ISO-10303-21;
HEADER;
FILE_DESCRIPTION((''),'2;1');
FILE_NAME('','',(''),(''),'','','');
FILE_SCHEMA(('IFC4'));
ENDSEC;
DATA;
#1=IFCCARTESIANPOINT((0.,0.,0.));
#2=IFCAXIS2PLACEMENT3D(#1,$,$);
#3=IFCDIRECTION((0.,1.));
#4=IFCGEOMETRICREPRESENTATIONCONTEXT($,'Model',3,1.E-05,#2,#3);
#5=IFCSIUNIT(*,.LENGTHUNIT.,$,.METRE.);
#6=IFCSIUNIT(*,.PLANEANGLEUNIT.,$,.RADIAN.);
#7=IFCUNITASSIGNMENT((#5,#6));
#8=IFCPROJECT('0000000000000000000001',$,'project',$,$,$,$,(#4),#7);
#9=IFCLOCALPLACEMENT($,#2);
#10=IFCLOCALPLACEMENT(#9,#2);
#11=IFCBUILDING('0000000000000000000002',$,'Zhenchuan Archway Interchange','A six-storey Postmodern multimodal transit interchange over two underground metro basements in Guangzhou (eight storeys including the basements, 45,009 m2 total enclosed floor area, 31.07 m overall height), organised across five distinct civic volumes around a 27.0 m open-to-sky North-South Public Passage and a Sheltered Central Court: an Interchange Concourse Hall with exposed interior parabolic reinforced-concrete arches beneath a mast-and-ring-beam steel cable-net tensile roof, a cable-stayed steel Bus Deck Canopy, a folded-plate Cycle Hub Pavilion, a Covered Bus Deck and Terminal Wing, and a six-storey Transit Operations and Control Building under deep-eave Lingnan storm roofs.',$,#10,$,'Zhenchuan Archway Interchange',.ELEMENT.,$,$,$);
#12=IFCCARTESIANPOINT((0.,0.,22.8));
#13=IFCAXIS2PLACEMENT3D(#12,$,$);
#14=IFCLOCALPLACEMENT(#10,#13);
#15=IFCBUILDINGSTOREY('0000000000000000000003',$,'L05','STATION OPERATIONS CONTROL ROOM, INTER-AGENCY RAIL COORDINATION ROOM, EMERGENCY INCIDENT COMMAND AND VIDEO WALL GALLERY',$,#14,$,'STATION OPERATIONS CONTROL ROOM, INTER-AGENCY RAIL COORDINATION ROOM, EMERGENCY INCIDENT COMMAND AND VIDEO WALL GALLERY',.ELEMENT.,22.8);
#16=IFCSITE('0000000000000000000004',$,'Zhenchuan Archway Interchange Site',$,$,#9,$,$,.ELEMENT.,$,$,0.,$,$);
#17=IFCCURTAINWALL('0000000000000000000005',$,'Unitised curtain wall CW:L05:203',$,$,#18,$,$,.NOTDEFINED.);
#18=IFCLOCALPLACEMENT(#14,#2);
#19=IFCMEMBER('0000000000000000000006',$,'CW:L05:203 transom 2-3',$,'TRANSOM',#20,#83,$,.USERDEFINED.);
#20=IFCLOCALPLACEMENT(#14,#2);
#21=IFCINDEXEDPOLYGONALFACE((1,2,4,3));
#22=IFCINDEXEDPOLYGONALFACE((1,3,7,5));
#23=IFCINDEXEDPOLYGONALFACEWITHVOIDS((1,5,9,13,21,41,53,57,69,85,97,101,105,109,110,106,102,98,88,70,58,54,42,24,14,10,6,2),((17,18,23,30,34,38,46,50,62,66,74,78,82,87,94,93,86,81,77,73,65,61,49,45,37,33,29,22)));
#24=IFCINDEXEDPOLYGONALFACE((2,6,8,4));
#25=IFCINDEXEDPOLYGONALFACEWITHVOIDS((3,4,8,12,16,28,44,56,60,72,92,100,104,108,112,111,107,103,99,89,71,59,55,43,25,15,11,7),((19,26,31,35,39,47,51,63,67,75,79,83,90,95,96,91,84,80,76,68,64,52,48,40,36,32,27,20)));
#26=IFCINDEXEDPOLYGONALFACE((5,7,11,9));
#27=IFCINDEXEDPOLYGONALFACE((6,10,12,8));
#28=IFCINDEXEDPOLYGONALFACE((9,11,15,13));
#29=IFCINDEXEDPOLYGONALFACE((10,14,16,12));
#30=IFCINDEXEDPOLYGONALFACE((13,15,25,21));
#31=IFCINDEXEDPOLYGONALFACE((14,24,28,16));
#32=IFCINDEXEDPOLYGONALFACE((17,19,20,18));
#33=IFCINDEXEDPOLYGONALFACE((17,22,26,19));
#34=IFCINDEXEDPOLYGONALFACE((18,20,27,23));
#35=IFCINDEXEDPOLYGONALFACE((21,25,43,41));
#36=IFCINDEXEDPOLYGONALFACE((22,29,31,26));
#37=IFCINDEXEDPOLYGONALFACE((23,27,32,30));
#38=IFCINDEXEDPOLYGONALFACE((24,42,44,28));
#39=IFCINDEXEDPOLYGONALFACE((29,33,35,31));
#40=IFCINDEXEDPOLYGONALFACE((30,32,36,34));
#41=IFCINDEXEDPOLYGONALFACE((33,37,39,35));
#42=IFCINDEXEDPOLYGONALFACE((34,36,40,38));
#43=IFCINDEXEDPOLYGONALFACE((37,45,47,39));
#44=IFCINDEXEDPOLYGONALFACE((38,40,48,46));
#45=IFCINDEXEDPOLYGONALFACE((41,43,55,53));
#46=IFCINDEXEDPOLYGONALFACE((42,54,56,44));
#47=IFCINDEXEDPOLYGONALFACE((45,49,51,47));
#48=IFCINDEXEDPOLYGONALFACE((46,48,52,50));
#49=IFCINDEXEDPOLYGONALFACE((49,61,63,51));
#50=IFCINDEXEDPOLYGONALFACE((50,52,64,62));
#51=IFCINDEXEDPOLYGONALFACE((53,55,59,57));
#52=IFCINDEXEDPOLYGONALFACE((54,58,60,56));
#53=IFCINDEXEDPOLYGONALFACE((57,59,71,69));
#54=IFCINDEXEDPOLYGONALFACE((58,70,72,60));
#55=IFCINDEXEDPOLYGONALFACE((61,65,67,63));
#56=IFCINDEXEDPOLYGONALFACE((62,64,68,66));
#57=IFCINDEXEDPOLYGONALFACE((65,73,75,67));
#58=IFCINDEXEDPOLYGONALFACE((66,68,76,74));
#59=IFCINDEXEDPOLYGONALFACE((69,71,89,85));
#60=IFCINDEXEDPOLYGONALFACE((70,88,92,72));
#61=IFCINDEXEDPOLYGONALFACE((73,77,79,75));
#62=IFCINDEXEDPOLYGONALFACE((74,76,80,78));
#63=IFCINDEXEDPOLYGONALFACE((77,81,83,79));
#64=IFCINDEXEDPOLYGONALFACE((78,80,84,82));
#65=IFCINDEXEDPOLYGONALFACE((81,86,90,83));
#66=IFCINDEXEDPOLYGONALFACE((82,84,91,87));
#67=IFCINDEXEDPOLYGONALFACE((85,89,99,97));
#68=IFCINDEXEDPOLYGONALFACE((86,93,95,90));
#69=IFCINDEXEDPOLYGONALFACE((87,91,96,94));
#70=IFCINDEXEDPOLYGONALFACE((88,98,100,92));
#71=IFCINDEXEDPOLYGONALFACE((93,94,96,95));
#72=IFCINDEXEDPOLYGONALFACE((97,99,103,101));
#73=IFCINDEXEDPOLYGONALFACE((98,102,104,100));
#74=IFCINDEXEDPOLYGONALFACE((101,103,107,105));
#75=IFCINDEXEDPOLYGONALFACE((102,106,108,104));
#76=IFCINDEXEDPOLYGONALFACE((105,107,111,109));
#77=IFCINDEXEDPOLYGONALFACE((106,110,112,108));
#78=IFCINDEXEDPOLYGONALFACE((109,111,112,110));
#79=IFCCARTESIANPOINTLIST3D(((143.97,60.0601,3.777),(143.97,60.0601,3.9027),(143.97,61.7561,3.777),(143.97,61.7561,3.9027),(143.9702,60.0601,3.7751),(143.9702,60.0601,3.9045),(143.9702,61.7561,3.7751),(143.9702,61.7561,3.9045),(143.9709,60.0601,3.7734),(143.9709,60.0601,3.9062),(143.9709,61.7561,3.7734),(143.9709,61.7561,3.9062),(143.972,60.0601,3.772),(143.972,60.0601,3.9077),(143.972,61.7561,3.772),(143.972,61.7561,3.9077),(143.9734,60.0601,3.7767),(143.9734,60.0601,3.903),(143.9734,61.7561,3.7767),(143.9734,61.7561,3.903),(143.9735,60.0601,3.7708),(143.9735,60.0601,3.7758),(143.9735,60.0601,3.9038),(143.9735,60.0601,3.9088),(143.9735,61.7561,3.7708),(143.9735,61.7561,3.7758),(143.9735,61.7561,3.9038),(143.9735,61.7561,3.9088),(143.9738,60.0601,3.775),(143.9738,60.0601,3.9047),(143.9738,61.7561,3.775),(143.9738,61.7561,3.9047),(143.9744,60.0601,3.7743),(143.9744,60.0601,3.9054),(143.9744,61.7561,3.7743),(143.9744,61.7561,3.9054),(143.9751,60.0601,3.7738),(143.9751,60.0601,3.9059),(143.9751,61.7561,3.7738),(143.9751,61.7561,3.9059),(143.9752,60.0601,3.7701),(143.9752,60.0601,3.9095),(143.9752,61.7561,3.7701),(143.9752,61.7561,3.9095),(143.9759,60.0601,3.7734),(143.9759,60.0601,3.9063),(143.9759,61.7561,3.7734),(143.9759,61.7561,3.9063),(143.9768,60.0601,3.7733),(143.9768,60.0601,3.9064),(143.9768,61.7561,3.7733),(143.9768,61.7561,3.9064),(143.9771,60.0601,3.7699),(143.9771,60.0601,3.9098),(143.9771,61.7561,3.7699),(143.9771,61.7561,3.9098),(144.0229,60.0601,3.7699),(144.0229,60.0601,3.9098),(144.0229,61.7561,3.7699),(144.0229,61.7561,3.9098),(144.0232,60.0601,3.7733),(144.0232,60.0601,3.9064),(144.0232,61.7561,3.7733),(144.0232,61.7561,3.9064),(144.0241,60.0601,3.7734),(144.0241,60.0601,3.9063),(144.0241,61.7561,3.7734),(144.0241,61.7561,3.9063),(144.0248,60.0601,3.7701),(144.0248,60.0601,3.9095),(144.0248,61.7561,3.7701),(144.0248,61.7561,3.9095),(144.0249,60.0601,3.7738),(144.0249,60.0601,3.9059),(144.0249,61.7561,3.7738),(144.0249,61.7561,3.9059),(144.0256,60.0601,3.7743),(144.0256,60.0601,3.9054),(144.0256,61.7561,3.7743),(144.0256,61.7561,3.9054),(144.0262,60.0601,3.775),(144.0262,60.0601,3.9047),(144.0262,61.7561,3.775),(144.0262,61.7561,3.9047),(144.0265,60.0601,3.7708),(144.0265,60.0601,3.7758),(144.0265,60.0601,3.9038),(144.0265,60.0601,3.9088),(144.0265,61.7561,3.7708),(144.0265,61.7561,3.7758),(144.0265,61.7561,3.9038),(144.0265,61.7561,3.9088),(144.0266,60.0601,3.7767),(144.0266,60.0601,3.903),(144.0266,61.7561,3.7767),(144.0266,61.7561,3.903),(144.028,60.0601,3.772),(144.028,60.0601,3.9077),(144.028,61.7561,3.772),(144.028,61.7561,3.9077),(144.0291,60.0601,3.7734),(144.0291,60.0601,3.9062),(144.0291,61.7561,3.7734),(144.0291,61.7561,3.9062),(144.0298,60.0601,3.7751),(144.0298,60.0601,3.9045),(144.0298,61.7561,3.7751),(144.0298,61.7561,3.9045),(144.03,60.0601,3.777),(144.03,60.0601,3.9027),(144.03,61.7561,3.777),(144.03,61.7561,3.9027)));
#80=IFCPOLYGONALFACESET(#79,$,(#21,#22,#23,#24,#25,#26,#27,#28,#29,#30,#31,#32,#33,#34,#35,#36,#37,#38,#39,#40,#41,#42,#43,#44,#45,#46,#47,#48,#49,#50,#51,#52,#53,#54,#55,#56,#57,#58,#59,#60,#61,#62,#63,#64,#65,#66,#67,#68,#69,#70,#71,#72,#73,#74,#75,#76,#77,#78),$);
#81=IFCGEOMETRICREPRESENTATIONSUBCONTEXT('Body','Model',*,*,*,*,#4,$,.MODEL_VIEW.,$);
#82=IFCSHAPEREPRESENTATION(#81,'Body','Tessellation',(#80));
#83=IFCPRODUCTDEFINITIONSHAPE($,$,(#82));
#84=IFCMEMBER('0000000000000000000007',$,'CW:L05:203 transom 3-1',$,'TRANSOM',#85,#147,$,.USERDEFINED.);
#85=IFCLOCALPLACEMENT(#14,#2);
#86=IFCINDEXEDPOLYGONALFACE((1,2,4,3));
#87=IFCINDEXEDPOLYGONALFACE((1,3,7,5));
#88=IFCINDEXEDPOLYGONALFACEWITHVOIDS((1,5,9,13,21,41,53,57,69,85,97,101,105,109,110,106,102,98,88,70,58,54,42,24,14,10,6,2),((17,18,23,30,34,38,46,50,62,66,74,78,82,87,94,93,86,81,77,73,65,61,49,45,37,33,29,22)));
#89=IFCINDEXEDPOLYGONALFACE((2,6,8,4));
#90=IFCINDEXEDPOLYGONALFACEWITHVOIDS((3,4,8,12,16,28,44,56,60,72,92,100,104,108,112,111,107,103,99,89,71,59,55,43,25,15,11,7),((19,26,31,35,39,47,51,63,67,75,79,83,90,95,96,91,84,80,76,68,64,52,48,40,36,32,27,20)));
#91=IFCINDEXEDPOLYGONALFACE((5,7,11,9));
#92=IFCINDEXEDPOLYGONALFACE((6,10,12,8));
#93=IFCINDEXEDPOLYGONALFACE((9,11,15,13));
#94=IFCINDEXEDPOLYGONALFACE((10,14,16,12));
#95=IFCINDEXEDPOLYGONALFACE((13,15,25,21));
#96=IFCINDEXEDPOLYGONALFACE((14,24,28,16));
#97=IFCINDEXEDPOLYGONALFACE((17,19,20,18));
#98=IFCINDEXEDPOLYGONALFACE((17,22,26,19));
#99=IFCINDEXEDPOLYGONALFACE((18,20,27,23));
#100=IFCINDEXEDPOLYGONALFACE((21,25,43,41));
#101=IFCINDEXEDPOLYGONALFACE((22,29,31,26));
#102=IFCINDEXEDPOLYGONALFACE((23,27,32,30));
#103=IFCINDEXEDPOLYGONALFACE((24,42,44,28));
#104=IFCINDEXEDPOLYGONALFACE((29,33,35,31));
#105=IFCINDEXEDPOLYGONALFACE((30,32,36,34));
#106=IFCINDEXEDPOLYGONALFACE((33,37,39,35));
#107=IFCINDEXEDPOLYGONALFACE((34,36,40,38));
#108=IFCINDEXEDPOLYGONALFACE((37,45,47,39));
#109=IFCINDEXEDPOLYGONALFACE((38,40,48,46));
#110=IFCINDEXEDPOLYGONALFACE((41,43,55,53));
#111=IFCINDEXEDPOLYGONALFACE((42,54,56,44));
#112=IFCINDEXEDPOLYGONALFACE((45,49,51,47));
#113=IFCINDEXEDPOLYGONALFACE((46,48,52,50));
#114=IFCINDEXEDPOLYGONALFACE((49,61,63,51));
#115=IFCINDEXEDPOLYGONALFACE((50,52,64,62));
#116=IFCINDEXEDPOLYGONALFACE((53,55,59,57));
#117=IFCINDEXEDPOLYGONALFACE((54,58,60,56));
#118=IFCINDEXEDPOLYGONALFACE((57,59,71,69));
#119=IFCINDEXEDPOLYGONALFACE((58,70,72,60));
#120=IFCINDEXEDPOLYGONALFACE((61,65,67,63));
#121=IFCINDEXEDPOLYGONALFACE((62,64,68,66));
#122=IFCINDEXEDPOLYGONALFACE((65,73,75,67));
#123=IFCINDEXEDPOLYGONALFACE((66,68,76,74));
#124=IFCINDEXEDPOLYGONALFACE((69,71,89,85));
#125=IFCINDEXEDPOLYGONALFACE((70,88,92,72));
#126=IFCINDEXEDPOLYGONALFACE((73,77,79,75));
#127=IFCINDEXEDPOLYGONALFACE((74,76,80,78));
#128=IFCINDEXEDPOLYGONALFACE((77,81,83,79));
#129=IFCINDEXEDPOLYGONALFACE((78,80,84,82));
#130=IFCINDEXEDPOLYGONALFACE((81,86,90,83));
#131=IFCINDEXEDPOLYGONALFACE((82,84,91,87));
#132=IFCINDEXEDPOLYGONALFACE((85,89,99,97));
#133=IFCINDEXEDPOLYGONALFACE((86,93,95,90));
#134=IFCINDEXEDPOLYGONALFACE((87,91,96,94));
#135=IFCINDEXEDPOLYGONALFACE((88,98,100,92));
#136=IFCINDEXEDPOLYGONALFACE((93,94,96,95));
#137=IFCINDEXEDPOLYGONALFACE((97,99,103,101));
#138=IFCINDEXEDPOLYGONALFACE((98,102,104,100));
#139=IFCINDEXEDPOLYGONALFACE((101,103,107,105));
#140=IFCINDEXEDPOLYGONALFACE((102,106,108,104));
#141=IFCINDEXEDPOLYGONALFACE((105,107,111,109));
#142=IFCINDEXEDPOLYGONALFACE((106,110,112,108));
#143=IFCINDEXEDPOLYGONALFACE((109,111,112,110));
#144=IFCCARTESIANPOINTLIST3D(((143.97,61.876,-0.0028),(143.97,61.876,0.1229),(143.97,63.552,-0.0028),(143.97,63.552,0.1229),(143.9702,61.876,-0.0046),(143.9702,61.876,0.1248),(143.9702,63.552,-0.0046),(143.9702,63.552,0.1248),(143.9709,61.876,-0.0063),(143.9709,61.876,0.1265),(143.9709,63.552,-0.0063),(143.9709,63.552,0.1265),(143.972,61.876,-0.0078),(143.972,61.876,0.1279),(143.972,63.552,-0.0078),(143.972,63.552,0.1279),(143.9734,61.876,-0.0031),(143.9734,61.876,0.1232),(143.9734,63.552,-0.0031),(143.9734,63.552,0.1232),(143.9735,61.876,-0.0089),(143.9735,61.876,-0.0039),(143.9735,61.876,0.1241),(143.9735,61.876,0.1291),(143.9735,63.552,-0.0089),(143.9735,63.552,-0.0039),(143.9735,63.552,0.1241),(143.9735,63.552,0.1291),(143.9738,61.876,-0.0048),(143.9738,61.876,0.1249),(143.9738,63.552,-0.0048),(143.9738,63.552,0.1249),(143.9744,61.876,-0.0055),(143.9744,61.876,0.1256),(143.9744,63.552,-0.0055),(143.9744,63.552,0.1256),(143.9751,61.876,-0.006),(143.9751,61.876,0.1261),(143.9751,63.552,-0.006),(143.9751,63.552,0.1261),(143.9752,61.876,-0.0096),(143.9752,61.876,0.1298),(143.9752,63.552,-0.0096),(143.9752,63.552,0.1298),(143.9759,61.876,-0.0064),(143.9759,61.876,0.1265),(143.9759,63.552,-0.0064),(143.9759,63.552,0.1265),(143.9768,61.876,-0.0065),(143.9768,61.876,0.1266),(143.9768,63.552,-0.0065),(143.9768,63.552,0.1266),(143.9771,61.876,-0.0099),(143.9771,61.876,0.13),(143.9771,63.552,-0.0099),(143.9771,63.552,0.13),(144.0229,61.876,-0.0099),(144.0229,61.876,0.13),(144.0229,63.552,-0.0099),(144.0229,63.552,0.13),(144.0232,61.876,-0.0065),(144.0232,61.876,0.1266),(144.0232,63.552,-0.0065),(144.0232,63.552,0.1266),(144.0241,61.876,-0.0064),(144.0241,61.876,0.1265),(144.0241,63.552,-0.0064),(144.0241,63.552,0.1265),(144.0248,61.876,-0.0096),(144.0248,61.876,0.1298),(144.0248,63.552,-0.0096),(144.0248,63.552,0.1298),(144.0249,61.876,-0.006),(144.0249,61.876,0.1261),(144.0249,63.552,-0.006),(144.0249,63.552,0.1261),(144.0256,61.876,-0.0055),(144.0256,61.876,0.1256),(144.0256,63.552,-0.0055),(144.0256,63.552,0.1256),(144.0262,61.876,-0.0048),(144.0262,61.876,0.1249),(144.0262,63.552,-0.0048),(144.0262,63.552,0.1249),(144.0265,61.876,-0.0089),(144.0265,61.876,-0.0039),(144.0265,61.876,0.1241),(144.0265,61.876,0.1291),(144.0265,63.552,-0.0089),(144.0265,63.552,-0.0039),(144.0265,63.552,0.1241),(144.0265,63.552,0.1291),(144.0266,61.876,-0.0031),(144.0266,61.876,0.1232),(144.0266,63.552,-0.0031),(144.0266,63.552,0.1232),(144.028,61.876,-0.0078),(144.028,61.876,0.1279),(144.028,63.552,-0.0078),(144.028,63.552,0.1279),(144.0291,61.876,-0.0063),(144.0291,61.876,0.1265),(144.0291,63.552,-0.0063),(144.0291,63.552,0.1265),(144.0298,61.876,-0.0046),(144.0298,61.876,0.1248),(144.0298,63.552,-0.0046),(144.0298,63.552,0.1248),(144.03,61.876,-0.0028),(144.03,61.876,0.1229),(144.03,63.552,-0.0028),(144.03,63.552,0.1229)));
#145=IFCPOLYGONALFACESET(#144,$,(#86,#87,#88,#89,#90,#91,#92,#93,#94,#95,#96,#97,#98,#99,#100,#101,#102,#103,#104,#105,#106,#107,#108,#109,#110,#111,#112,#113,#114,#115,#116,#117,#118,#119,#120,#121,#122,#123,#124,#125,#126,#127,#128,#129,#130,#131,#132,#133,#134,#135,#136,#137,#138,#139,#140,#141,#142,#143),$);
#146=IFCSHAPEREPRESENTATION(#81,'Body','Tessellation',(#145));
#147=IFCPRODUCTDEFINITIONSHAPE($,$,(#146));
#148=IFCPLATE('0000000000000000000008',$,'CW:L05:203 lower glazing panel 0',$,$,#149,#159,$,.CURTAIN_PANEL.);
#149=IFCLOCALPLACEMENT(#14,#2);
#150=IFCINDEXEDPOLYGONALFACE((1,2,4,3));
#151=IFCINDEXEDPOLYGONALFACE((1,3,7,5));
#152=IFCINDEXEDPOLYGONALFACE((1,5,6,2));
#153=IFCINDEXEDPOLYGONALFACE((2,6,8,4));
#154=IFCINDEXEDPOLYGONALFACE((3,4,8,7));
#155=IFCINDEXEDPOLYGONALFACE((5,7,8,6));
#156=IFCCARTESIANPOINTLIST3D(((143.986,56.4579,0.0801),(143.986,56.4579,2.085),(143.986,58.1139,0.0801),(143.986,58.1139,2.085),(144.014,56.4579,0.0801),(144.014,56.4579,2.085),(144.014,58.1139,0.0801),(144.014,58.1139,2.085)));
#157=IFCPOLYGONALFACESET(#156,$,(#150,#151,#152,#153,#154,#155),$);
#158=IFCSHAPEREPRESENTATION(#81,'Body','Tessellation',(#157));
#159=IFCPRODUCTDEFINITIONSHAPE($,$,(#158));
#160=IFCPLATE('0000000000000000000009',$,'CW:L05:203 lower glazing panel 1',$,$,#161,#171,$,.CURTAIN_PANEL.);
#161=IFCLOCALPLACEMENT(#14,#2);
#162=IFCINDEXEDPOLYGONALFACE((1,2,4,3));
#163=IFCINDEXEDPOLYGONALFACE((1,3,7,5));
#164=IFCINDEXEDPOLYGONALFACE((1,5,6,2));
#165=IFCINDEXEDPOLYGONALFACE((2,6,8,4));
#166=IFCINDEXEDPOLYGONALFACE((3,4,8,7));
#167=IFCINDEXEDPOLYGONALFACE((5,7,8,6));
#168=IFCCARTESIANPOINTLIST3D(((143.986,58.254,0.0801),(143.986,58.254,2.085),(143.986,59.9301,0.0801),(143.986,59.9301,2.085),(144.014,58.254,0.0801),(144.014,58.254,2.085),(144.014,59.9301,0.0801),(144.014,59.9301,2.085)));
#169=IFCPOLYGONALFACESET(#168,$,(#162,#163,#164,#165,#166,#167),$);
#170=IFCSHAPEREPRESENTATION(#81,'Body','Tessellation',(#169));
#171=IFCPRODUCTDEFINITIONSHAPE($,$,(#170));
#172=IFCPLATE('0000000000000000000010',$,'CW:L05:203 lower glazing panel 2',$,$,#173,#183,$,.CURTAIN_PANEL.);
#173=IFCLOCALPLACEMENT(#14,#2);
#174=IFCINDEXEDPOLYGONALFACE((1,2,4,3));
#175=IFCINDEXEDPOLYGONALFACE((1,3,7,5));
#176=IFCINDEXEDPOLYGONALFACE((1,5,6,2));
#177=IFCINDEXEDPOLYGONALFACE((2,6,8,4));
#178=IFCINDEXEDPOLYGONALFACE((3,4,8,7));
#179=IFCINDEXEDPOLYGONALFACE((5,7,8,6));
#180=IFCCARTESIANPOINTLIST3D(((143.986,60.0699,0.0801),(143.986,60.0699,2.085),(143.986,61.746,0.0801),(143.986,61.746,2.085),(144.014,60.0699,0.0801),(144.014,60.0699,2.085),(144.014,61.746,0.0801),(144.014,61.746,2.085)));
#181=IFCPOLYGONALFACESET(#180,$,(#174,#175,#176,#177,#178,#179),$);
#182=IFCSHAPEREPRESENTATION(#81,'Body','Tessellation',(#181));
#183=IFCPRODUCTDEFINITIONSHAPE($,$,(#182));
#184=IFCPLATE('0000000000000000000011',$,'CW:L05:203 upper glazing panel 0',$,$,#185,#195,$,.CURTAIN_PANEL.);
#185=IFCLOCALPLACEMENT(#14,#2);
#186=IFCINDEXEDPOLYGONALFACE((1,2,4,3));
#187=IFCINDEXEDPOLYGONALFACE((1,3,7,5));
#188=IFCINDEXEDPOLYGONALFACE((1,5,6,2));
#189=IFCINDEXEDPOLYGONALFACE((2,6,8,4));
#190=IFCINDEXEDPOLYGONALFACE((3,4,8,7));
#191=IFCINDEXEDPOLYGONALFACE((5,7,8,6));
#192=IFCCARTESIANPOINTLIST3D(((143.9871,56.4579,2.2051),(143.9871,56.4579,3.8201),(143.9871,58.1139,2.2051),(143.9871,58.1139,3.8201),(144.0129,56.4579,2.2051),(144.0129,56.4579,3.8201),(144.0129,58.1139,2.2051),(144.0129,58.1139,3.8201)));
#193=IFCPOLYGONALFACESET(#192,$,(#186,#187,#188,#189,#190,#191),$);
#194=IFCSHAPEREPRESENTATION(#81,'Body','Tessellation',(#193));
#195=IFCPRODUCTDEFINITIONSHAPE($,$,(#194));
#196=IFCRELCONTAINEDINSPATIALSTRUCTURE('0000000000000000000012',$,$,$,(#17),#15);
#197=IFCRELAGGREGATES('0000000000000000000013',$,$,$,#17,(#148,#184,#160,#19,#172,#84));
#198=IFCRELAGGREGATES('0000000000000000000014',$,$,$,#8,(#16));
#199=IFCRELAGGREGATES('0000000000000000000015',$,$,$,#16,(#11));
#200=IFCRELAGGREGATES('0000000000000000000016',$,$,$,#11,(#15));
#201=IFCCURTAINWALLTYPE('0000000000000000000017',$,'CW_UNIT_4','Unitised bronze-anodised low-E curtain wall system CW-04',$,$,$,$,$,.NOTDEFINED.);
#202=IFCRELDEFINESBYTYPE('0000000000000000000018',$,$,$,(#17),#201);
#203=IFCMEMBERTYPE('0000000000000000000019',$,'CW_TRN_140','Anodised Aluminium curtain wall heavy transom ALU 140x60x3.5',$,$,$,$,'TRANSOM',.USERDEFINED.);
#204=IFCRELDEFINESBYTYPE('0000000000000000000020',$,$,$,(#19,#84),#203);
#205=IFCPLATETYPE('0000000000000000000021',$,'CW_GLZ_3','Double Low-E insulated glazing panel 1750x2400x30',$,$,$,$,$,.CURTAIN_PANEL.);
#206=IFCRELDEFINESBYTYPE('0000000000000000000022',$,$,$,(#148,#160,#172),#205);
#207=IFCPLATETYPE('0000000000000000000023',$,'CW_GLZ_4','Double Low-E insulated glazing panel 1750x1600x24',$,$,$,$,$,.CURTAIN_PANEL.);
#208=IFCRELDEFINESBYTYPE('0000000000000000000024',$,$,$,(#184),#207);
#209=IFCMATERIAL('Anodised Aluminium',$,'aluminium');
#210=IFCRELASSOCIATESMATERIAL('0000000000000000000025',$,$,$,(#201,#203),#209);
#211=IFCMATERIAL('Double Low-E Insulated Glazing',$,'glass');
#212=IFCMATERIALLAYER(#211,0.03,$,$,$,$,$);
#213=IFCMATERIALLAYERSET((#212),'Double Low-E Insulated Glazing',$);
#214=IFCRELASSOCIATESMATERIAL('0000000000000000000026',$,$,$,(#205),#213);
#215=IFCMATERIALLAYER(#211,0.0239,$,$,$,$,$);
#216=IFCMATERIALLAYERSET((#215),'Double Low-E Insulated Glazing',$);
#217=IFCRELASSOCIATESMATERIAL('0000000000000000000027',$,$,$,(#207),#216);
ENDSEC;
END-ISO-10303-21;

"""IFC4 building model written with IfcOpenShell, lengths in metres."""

from ifc_helpers import new_model, si_unit, direction, frame, origin, origin_2d, place, context, subcontext, project, spatial, rectangle, hollow_rectangle, extrude, material, layer, layer_set, material_profile, profile_set, type_object, element, aggregate, save


model = new_model("IFC4")

# Units and contexts
model_context = context("Model", 3, precision=1e-05, world=origin(), true_north=direction((0.0, 1.0)))
body_context = subcontext(model_context, "Body", "Model", "MODEL_VIEW")
ifc_project = project(units=[si_unit("LENGTHUNIT", "METRE"), si_unit("PLANEANGLEUNIT", "RADIAN")], contexts=[model_context])

# Site, building, storey
site_placement = place(None, origin())
site = spatial("IfcSite", under=ifc_project, at=site_placement, Name="Zhenchuan Archway Interchange Site", CompositionType="ELEMENT", RefElevation=0.0)
building_placement = place(site_placement, origin())
building = spatial("IfcBuilding", under=site, at=building_placement, Name="Zhenchuan Archway Interchange", Description="A six-storey Postmodern multimodal transit interchange over two underground metro basements in Guangzhou (eight storeys including the basements, 45,009 m2 total enclosed floor area, 31.07 m overall height), organised across five distinct civic volumes around a 27.0 m open-to-sky North-South Public Passage and a Sheltered Central Court: an Interchange Concourse Hall with exposed interior parabolic reinforced-concrete arches beneath a mast-and-ring-beam steel cable-net tensile roof, a cable-stayed steel Bus Deck Canopy, a folded-plate Cycle Hub Pavilion, a Covered Bus Deck and Terminal Wing, and a six-storey Transit Operations and Control Building under deep-eave Lingnan storm roofs.", LongName="Zhenchuan Archway Interchange", CompositionType="ELEMENT")
storey_placement = place(building_placement, frame((0.0, 0.0, 22.8)))
storey = spatial("IfcBuildingStorey", under=building, at=storey_placement, Name="L05", Description="STATION OPERATIONS CONTROL ROOM, INTER-AGENCY RAIL COORDINATION ROOM, EMERGENCY INCIDENT COMMAND AND VIDEO WALL GALLERY", LongName="STATION OPERATIONS CONTROL ROOM, INTER-AGENCY RAIL COORDINATION ROOM, EMERGENCY INCIDENT COMMAND AND VIDEO WALL GALLERY", CompositionType="ELEMENT", Elevation=22.8)

# Curtain wall, members, plates
ifc_material_1 = material(Name="Anodised Aluminium", Category="aluminium")
curtain_wall_type = type_object("IfcCurtainWallType", Name="CW_UNIT_4", Description="Unitised bronze-anodised low-E curtain wall system CW-04", PredefinedType="NOTDEFINED", material=ifc_material_1)
curtain_wall_placement = place(storey_placement, origin())
curtain_wall = element("IfcCurtainWall", 1, at=curtain_wall_placement, inside=storey, type_object=curtain_wall_type, Name="Unitised curtain wall CW:L05:203", PredefinedType="NOTDEFINED")
ifc_material_profile_1 = material_profile(ifc_material_1, hollow_rectangle(XDim=0.0601, YDim=0.1399, WallThickness=0.0034, InnerFilletRadius=0.0034, OuterFilletRadius=0.0071, at=origin_2d()), Name="ALU 140x60x3.5")
ifc_profile_set_1 = profile_set([ifc_material_profile_1], Name="Anodised Aluminium")
member_type_1 = type_object("IfcMemberType", Name="CW_TRN_140", Description="Anodised Aluminium curtain wall heavy transom ALU 140x60x3.5", ElementType="TRANSOM", PredefinedType="USERDEFINED", material=ifc_profile_set_1)
member_1_placement = place(storey_placement, frame((144.0, 60.0601, 3.8398), z_axis=(0.0, 1.0, 0.0), x_axis=(-1.0, 0.0, 0.0)))
member_1 = element("IfcMember", 2, at=member_1_placement, type_object=member_type_1, Name="CW:L05:203 transom 2-3", ObjectType="TRANSOM", PredefinedType="USERDEFINED", context=body_context, shape_type="SweptSolid", body=[
    extrude(hollow_rectangle(XDim=0.0601, YDim=0.1399, WallThickness=0.0034, InnerFilletRadius=0.0034, OuterFilletRadius=0.0071, at=origin_2d()), origin(), (0.0, 0.0, 1.0), 1.696),
])
member_2_placement = place(storey_placement, frame((144.0, 61.876, 0.0601), z_axis=(0.0, 1.0, 0.0), x_axis=(-1.0, 0.0, 0.0)))
member_2 = element("IfcMember", 3, at=member_2_placement, type_object=member_type_1, Name="CW:L05:203 transom 3-1", ObjectType="TRANSOM", PredefinedType="USERDEFINED", context=body_context, shape_type="SweptSolid", body=[
    extrude(hollow_rectangle(XDim=0.0601, YDim=0.1399, WallThickness=0.0034, InnerFilletRadius=0.0034, OuterFilletRadius=0.0071, at=origin_2d()), origin(), (0.0, 0.0, 1.0), 1.676),
])
ifc_material_2 = material(Name="Double Low-E Insulated Glazing", Category="glass")
ifc_layer_1 = layer(ifc_material_2, 0.03)
ifc_layer_set_1 = layer_set([ifc_layer_1], Name="Double Low-E Insulated Glazing")
plate_type_1 = type_object("IfcPlateType", Name="CW_GLZ_3", Description="Double Low-E insulated glazing panel 1750x2400x30", PredefinedType="CURTAIN_PANEL", material=ifc_layer_set_1)
plate_1_placement = place(storey_placement, frame((144.0, 57.2859, 0.0801), z_axis=(0.0, 0.0, 1.0), x_axis=(0.0, 1.0, 0.0)))
plate_1 = element("IfcPlate", 4, at=plate_1_placement, type_object=plate_type_1, Name="CW:L05:203 lower glazing panel 0", PredefinedType="CURTAIN_PANEL", context=body_context, shape_type="SweptSolid", body=[
    extrude(rectangle(XDim=1.656, YDim=0.0281, at=origin_2d()), origin(), (0.0, 0.0, 1.0), 2.0049),
])
plate_2_placement = place(storey_placement, frame((144.0, 59.092, 0.0801), z_axis=(0.0, 0.0, 1.0), x_axis=(0.0, 1.0, 0.0)))
plate_2 = element("IfcPlate", 5, at=plate_2_placement, type_object=plate_type_1, Name="CW:L05:203 lower glazing panel 1", PredefinedType="CURTAIN_PANEL", context=body_context, shape_type="SweptSolid", body=[
    extrude(rectangle(XDim=1.676, YDim=0.0281, at=origin_2d()), origin(), (0.0, 0.0, 1.0), 2.0049),
])
plate_3_placement = place(storey_placement, frame((144.0, 60.908, 0.0801), z_axis=(0.0, 0.0, 1.0), x_axis=(0.0, 1.0, 0.0)))
plate_3 = element("IfcPlate", 6, at=plate_3_placement, type_object=plate_type_1, Name="CW:L05:203 lower glazing panel 2", PredefinedType="CURTAIN_PANEL", context=body_context, shape_type="SweptSolid", body=[
    extrude(rectangle(XDim=1.676, YDim=0.0281, at=origin_2d()), origin(), (0.0, 0.0, 1.0), 2.0049),
])
ifc_layer_2 = layer(ifc_material_2, 0.0239)
ifc_layer_set_2 = layer_set([ifc_layer_2], Name="Double Low-E Insulated Glazing")
plate_type_2 = type_object("IfcPlateType", Name="CW_GLZ_4", Description="Double Low-E insulated glazing panel 1750x1600x24", PredefinedType="CURTAIN_PANEL", material=ifc_layer_set_2)
plate_4_placement = place(storey_placement, frame((144.0, 57.2859, 2.2051), z_axis=(0.0, 0.0, 1.0), x_axis=(0.0, 1.0, 0.0)))
plate_4 = element("IfcPlate", 7, at=plate_4_placement, type_object=plate_type_2, Name="CW:L05:203 upper glazing panel 0", PredefinedType="CURTAIN_PANEL", context=body_context, shape_type="SweptSolid", body=[
    extrude(rectangle(XDim=1.656, YDim=0.0259, at=origin_2d()), origin(), (0.0, 0.0, 1.0), 1.615),
])
aggregate(curtain_wall, [plate_1, plate_4, plate_2, member_1, plate_3, member_2])

save(model, "model.ifc")
